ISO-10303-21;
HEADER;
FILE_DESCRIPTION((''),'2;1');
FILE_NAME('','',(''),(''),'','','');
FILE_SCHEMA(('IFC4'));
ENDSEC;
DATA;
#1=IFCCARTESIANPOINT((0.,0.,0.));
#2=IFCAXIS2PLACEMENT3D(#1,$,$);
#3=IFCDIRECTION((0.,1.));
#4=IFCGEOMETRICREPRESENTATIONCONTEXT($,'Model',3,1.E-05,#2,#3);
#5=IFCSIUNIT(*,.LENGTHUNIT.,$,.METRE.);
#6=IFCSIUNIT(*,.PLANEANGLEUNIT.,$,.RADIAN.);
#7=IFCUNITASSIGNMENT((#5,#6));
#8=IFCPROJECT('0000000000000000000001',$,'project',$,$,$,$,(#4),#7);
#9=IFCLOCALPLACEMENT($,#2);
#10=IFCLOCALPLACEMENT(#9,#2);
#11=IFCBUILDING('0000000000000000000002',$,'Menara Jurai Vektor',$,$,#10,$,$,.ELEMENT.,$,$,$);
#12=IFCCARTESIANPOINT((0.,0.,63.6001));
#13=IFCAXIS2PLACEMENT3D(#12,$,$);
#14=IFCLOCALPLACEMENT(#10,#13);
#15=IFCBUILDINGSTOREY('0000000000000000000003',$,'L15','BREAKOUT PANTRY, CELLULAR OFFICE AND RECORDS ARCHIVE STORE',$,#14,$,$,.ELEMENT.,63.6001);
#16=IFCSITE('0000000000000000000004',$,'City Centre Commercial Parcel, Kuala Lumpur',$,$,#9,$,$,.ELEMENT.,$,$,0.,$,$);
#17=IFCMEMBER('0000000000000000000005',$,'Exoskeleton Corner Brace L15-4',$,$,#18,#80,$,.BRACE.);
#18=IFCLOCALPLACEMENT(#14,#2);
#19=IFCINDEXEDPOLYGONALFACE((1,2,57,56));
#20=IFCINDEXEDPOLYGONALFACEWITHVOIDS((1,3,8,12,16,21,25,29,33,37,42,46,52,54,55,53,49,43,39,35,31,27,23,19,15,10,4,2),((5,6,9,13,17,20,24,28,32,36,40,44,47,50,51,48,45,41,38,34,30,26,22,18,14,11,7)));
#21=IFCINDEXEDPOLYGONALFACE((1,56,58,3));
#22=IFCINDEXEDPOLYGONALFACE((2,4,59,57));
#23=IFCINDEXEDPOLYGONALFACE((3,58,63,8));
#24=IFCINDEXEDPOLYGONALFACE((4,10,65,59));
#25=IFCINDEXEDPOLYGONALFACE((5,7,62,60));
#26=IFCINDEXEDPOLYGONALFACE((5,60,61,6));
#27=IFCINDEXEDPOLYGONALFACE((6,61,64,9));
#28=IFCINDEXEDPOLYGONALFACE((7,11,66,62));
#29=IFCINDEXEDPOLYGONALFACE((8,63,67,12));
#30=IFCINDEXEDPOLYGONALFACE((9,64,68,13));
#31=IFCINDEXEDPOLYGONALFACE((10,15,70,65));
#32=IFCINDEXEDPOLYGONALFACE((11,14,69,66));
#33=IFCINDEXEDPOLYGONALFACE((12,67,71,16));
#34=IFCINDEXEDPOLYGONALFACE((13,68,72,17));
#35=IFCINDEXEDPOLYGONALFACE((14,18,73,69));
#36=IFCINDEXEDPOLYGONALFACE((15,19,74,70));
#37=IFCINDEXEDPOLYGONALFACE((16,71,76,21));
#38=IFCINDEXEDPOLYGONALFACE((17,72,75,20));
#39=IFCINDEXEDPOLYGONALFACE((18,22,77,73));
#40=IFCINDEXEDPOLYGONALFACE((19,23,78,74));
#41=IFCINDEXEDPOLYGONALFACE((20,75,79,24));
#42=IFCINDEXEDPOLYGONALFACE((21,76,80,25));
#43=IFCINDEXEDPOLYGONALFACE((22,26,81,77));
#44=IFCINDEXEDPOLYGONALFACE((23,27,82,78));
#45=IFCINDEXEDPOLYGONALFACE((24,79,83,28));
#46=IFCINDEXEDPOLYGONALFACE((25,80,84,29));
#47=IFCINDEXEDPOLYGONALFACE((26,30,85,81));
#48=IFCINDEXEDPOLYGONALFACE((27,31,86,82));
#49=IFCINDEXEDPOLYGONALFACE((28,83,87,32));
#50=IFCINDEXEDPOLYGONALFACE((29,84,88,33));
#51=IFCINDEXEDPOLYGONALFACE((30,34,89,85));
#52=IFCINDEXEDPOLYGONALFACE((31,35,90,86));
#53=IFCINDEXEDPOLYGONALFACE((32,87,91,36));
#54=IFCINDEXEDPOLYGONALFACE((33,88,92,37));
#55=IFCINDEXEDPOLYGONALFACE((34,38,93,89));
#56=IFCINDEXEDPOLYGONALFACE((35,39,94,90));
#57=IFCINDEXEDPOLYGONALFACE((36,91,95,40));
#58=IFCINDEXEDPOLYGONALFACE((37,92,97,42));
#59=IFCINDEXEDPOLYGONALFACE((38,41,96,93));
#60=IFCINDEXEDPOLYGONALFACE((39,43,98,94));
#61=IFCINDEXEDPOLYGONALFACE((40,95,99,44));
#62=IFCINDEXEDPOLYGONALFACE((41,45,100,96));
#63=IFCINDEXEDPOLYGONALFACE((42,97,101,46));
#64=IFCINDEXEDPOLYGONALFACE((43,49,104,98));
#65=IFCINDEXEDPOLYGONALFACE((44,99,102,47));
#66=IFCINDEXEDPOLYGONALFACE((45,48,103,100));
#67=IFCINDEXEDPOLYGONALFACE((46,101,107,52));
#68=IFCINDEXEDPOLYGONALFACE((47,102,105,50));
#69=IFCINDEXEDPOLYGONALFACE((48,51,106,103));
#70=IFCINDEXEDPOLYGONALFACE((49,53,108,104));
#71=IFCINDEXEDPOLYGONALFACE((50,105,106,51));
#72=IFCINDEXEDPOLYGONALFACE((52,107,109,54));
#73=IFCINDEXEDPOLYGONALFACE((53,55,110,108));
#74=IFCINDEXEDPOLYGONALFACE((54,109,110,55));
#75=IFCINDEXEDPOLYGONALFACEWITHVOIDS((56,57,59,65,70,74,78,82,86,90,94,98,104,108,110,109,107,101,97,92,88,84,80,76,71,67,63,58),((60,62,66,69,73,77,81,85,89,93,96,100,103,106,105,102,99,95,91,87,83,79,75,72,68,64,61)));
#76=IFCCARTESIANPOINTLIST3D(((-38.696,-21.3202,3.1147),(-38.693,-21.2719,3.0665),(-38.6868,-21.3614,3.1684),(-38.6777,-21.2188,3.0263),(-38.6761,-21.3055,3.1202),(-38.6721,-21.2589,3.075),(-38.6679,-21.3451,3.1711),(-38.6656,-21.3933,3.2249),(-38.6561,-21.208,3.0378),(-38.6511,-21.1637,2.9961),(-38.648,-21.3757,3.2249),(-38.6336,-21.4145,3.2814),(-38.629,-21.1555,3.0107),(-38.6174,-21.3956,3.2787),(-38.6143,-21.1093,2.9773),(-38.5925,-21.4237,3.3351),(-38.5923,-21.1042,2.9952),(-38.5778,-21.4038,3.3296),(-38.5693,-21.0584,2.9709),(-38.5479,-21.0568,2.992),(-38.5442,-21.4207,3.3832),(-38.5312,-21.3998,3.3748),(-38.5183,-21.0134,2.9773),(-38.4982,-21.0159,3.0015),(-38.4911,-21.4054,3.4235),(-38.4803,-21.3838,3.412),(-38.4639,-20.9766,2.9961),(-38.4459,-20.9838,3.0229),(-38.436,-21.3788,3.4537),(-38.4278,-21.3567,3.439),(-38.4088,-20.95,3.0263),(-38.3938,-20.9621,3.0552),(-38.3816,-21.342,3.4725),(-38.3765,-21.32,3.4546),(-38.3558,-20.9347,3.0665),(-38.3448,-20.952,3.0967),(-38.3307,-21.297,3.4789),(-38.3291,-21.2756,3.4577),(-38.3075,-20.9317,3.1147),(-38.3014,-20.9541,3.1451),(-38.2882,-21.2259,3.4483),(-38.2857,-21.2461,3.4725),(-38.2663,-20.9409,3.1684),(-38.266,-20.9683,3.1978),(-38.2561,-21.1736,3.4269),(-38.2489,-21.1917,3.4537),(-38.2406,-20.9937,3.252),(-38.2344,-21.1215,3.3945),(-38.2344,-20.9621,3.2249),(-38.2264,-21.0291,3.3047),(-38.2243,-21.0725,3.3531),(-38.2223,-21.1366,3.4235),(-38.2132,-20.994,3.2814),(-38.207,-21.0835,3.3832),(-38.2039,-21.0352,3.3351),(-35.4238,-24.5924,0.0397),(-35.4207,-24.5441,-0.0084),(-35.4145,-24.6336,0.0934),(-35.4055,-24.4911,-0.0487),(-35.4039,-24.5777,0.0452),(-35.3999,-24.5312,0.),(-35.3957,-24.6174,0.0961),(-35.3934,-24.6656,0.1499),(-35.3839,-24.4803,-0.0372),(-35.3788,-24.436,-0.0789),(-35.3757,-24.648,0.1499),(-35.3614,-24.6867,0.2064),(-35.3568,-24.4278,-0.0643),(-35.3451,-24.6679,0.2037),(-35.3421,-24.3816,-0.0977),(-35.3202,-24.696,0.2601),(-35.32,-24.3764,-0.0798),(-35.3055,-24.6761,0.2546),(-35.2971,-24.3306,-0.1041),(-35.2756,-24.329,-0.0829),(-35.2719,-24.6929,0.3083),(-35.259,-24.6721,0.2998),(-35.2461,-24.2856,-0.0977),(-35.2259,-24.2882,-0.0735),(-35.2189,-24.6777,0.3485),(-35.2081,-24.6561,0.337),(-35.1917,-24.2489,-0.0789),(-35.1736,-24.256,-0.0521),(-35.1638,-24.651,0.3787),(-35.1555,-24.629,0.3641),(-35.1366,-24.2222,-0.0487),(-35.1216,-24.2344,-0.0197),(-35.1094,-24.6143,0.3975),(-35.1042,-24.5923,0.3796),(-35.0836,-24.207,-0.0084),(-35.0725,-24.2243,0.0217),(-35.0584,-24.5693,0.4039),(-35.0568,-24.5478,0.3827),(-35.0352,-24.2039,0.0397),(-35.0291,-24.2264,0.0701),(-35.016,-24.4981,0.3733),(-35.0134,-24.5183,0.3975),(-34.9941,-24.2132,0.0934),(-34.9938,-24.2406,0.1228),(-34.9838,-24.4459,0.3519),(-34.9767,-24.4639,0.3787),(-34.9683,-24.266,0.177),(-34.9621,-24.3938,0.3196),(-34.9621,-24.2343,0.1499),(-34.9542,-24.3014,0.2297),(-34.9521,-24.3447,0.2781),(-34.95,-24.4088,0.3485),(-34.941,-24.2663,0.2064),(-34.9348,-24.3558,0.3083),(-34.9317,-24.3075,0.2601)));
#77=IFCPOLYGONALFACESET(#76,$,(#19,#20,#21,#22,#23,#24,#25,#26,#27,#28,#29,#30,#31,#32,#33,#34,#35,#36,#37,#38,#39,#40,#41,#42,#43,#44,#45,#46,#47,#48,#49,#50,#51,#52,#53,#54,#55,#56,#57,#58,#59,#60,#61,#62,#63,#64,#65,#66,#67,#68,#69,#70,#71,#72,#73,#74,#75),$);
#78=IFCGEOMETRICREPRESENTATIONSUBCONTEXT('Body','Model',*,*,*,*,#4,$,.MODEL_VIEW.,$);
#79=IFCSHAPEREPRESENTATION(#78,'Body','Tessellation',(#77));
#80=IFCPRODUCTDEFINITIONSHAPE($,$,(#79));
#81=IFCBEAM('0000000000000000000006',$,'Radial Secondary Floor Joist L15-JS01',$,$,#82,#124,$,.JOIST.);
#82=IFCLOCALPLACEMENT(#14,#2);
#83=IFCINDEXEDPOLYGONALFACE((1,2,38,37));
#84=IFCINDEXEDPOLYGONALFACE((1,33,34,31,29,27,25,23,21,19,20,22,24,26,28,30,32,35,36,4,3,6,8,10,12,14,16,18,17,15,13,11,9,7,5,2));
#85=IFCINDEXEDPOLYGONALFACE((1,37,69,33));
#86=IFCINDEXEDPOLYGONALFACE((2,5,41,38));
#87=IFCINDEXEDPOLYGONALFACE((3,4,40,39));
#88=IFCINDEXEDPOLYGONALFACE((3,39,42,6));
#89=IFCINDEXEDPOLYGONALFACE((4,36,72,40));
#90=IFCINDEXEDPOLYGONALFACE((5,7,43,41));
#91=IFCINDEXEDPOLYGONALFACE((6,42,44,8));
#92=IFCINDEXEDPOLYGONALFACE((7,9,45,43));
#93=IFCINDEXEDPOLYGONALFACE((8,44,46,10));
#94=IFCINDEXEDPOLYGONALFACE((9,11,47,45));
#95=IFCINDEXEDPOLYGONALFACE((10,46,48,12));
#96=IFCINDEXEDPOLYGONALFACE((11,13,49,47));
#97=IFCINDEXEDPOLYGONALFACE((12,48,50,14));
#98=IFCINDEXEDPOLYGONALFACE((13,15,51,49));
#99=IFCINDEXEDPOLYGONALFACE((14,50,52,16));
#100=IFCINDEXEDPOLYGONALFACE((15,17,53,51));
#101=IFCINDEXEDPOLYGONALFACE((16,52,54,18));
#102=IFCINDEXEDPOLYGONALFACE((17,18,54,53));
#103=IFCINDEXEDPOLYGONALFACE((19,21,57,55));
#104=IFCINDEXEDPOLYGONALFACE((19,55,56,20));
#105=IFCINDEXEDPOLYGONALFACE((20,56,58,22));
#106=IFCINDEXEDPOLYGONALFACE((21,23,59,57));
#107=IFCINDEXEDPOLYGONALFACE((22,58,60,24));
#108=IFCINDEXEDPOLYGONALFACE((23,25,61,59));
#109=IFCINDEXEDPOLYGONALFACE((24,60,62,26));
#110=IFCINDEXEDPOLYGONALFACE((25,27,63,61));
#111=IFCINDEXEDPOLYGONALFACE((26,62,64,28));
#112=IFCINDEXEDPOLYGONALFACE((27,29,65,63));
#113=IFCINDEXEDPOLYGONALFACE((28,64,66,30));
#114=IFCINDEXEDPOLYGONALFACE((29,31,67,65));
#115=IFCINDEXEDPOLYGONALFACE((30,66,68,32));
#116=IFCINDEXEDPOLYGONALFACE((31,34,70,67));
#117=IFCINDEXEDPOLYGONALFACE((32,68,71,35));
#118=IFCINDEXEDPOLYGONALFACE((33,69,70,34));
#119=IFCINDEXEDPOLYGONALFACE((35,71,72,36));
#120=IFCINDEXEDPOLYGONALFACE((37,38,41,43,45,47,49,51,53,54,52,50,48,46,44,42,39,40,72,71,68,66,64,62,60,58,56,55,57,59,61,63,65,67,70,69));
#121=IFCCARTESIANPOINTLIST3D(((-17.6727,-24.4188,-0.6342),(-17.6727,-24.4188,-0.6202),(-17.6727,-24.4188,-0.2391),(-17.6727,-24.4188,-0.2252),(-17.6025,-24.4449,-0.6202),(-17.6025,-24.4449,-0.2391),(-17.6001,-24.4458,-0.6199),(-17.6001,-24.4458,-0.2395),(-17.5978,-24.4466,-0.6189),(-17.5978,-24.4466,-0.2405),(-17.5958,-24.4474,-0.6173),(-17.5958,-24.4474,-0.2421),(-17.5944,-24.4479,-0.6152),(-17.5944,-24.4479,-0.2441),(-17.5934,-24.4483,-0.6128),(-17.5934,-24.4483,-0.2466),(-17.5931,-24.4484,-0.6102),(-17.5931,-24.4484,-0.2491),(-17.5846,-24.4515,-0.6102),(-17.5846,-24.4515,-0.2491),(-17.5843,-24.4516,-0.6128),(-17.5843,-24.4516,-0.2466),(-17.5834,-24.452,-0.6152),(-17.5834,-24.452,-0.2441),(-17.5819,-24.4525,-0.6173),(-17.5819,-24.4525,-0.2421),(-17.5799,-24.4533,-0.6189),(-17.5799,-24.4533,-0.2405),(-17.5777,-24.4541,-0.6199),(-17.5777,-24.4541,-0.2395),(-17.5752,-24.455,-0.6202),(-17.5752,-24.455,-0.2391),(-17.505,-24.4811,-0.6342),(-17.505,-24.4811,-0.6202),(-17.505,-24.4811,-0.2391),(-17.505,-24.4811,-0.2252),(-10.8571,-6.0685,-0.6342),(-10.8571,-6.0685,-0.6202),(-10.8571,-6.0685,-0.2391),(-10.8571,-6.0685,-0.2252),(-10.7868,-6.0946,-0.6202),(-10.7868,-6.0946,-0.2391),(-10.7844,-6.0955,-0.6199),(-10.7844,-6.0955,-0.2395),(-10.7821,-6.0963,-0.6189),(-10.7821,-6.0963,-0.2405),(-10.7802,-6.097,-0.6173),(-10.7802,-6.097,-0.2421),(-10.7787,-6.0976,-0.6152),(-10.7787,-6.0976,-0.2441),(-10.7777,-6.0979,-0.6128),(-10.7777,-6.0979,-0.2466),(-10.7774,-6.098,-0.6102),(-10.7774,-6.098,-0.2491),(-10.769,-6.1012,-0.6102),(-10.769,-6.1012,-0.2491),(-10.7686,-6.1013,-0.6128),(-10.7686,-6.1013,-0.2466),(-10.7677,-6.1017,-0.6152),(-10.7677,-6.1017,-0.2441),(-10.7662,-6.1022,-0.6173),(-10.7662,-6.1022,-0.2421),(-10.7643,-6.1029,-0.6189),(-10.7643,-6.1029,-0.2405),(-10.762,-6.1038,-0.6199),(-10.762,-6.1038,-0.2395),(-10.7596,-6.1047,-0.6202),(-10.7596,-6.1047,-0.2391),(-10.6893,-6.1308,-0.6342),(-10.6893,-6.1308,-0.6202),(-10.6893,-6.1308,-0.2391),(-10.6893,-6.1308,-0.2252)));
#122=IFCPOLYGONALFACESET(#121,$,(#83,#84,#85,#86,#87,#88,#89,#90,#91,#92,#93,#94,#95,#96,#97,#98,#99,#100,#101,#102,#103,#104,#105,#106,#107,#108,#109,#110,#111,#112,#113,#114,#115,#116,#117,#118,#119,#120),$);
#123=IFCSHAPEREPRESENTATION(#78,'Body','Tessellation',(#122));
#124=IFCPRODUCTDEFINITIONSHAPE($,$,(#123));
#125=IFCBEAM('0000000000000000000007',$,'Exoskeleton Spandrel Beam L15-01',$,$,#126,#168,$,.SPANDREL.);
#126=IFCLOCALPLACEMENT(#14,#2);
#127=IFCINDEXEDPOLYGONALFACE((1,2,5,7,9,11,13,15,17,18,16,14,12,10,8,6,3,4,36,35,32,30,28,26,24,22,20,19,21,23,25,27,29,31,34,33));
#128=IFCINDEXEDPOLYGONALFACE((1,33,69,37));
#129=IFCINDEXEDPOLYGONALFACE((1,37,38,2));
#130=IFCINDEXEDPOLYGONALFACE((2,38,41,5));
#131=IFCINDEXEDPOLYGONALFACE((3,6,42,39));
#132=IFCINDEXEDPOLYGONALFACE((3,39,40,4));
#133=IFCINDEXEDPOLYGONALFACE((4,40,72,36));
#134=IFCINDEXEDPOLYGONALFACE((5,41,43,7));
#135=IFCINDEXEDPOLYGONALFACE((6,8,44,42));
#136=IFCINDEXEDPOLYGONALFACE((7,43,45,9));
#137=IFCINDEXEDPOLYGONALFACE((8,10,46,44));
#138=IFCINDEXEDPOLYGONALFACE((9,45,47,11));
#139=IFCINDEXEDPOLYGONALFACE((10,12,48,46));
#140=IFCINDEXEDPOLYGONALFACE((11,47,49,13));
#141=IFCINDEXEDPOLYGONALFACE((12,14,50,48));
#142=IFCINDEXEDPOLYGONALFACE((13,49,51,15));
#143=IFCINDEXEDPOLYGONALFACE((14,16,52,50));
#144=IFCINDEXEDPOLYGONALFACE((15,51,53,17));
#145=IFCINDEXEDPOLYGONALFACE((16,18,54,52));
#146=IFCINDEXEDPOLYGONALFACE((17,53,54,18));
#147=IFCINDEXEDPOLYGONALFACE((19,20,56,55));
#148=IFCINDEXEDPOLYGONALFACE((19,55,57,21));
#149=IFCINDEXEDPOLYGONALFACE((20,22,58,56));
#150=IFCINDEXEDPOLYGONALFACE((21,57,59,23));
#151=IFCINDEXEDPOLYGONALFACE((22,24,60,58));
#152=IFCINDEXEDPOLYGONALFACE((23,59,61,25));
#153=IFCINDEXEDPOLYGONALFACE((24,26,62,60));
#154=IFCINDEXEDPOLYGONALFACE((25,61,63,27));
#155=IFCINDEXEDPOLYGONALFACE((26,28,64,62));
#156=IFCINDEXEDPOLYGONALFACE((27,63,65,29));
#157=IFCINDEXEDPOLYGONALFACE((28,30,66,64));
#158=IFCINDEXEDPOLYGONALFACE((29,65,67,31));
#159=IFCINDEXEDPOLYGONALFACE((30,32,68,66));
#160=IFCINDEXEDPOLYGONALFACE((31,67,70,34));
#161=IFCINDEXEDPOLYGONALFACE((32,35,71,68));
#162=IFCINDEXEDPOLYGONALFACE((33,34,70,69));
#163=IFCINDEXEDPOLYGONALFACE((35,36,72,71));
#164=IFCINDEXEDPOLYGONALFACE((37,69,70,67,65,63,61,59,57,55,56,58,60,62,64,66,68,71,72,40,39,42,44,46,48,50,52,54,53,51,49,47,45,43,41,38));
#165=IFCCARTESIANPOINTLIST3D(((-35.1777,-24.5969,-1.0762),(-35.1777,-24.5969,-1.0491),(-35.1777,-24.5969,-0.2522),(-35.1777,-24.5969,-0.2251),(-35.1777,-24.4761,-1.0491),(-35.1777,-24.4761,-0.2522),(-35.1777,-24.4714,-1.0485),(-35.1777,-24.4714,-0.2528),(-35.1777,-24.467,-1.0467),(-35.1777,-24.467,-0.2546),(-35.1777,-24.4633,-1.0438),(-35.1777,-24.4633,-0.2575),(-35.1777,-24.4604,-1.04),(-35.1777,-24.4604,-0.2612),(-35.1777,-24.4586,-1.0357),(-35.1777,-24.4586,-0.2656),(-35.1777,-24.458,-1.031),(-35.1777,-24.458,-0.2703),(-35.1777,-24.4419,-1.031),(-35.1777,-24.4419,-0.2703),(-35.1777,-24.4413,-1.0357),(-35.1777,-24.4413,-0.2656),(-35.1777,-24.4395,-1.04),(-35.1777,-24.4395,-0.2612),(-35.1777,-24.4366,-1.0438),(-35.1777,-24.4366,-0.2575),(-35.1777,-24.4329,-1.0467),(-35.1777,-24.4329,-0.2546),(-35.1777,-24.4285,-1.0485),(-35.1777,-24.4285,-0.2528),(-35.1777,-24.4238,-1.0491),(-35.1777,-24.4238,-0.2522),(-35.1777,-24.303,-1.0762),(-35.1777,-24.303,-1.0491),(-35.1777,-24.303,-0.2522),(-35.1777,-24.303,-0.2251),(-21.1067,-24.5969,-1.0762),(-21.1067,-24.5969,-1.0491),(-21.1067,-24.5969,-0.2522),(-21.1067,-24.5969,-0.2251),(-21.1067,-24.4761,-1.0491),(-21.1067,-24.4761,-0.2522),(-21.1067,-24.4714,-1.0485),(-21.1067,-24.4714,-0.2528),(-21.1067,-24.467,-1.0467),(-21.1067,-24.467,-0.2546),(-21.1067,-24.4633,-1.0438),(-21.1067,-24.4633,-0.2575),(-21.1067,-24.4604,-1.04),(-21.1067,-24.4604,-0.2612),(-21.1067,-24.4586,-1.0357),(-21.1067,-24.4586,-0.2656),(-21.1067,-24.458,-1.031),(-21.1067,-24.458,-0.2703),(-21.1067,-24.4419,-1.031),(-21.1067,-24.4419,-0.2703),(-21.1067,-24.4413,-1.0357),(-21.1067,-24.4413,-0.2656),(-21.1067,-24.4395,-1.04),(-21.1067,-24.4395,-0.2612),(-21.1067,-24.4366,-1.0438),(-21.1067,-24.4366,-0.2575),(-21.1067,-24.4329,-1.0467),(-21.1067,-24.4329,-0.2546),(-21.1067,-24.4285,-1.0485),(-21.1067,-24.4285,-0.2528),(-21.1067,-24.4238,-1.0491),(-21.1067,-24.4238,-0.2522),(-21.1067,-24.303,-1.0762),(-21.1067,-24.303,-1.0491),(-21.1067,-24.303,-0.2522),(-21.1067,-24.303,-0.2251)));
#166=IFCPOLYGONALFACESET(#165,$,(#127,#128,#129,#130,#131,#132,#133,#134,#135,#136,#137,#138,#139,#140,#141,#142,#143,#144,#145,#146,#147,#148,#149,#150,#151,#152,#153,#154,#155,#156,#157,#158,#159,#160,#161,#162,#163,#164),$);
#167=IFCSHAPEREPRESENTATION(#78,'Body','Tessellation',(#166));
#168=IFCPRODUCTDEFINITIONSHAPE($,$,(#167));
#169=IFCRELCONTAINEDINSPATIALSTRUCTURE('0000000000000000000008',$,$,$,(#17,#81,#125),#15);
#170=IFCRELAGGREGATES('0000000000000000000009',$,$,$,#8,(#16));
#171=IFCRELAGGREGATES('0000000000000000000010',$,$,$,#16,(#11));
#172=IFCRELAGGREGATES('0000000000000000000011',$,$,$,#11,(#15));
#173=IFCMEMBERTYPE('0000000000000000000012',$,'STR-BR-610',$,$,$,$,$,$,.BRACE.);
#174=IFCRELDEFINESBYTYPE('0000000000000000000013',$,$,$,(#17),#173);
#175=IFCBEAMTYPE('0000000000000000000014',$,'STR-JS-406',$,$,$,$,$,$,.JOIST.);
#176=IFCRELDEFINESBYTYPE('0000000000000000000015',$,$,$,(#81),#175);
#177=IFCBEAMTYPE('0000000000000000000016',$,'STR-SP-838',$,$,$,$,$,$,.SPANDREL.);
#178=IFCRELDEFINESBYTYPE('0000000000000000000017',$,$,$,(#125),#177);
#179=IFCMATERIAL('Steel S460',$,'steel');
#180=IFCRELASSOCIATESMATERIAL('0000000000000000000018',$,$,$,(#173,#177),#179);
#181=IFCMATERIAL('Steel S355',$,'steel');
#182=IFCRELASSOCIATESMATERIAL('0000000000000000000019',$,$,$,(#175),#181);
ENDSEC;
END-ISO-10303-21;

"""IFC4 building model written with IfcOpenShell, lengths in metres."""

from ifc_helpers import new_model, si_unit, direction, frame, origin, origin_2d, place, context, subcontext, project, spatial, hollow_circle, i_section, extrude, material, material_profile, profile_set, type_object, element, save


model = new_model("IFC4")

# Units and contexts
model_context = context("Model", 3, precision=1e-05, world=origin(), true_north=direction((0.0, 1.0)))
body_context = subcontext(model_context, "Body", "Model", "MODEL_VIEW")
ifc_project = project(units=[si_unit("LENGTHUNIT", "METRE"), si_unit("PLANEANGLEUNIT", "RADIAN")], contexts=[model_context])

# Site, building, storey
site_placement = place(None, origin())
site = spatial("IfcSite", under=ifc_project, at=site_placement, Name="City Centre Commercial Parcel, Kuala Lumpur", CompositionType="ELEMENT", RefElevation=0.0)
building_placement = place(site_placement, origin())
building = spatial("IfcBuilding", under=site, at=building_placement, Name="Menara Jurai Vektor", CompositionType="ELEMENT")
storey_placement = place(building_placement, frame((0.0, 0.0, 63.6001)))
storey = spatial("IfcBuildingStorey", under=building, at=storey_placement, Name="L15", Description="BREAKOUT PANTRY, CELLULAR OFFICE AND RECORDS ARCHIVE STORE", CompositionType="ELEMENT", Elevation=63.6001)

# Shared definitions
ifc_material_1 = material(Name="Steel S460", Category="steel")

# Shared definitions
ifc_material_2 = material(Name="Steel S355", Category="steel")

# Member
ifc_material_profile_1 = material_profile(ifc_material_1, hollow_circle(Radius=0.3049, WallThickness=0.0249, at=origin_2d()), Name="CHS 610x25")
ifc_profile_set_1 = profile_set([ifc_material_profile_1], Name="Steel S460")
member_type_1 = type_object("IfcMemberType", Name="STR-BR-610", PredefinedType="BRACE", material=ifc_profile_set_1)
member_1_placement = place(storey_placement, frame((-35.1777, -24.45, 0.1499), z_axis=(-0.588942, 0.588942, 0.553438), x_axis=(-0.707107, -0.707107, 0.0)))
element("IfcMember", 1, at=member_1_placement, inside=storey, type_object=member_type_1, Name="Exoskeleton Corner Brace L15-4", PredefinedType="BRACE", context=body_context, shape_type="SweptSolid", body=[
    extrude(hollow_circle(Radius=0.3049, WallThickness=0.0249, at=origin_2d()), origin(), (0.0, 0.0, 1.0), 5.5562),
])

# Beams
ifc_material_profile_2 = material_profile(ifc_material_2, i_section(OverallWidth=0.179, OverallDepth=0.4089, WebThickness=0.009, FlangeThickness=0.0139, FilletRadius=0.01, at=origin_2d()), Name="UKB 406x178x67")
ifc_profile_set_2 = profile_set([ifc_material_profile_2], Name="Steel S355")
beam_type_1 = type_object("IfcBeamType", Name="STR-JS-406", PredefinedType="JOIST", material=ifc_profile_set_2)
beam_1_placement = place(storey_placement, frame((-17.5889, -24.45, -0.4297), z_axis=(0.348179, 0.937428, 0.0), x_axis=(-0.937428, 0.348179, 0.0)))
element("IfcBeam", 2, at=beam_1_placement, inside=storey, type_object=beam_type_1, Name="Radial Secondary Floor Joist L15-JS01", PredefinedType="JOIST", context=body_context, shape_type="SweptSolid", body=[
    extrude(i_section(OverallWidth=0.179, OverallDepth=0.4089, WebThickness=0.009, FlangeThickness=0.0139, FilletRadius=0.01, at=origin_2d()), origin(), (0.0, 0.0, 1.0), 19.5752),
])
ifc_material_profile_3 = material_profile(ifc_material_1, i_section(OverallWidth=0.2939, OverallDepth=0.8511, WebThickness=0.0161, FlangeThickness=0.0271, FilletRadius=0.0181, at=origin_2d()), Name="UKB 838x292x226")
ifc_profile_set_3 = profile_set([ifc_material_profile_3], Name="Steel S460")
beam_type_2 = type_object("IfcBeamType", Name="STR-SP-838", PredefinedType="SPANDREL", material=ifc_profile_set_3)
for number, where, z_axis, x_axis, name in (
    (3, (-35.1777, -24.45, -0.6506), (1.0, 0.0, 0.0), (0.0, 1.0, 0.0), "Exoskeleton Spandrel Beam L15-01"),
):
    element("IfcBeam", number, at=place(storey_placement, frame(where, z_axis=z_axis, x_axis=x_axis)), inside=storey, type_object=beam_type_2, Name=name, PredefinedType="SPANDREL", context=body_context, shape_type="SweptSolid", body=[
        extrude(i_section(OverallWidth=0.2939, OverallDepth=0.8511, WebThickness=0.0161, FlangeThickness=0.0271, FilletRadius=0.0181, at=origin_2d()), origin(), (0.0, 0.0, 1.0), 14.071),
    ])

save(model, "model.ifc")
